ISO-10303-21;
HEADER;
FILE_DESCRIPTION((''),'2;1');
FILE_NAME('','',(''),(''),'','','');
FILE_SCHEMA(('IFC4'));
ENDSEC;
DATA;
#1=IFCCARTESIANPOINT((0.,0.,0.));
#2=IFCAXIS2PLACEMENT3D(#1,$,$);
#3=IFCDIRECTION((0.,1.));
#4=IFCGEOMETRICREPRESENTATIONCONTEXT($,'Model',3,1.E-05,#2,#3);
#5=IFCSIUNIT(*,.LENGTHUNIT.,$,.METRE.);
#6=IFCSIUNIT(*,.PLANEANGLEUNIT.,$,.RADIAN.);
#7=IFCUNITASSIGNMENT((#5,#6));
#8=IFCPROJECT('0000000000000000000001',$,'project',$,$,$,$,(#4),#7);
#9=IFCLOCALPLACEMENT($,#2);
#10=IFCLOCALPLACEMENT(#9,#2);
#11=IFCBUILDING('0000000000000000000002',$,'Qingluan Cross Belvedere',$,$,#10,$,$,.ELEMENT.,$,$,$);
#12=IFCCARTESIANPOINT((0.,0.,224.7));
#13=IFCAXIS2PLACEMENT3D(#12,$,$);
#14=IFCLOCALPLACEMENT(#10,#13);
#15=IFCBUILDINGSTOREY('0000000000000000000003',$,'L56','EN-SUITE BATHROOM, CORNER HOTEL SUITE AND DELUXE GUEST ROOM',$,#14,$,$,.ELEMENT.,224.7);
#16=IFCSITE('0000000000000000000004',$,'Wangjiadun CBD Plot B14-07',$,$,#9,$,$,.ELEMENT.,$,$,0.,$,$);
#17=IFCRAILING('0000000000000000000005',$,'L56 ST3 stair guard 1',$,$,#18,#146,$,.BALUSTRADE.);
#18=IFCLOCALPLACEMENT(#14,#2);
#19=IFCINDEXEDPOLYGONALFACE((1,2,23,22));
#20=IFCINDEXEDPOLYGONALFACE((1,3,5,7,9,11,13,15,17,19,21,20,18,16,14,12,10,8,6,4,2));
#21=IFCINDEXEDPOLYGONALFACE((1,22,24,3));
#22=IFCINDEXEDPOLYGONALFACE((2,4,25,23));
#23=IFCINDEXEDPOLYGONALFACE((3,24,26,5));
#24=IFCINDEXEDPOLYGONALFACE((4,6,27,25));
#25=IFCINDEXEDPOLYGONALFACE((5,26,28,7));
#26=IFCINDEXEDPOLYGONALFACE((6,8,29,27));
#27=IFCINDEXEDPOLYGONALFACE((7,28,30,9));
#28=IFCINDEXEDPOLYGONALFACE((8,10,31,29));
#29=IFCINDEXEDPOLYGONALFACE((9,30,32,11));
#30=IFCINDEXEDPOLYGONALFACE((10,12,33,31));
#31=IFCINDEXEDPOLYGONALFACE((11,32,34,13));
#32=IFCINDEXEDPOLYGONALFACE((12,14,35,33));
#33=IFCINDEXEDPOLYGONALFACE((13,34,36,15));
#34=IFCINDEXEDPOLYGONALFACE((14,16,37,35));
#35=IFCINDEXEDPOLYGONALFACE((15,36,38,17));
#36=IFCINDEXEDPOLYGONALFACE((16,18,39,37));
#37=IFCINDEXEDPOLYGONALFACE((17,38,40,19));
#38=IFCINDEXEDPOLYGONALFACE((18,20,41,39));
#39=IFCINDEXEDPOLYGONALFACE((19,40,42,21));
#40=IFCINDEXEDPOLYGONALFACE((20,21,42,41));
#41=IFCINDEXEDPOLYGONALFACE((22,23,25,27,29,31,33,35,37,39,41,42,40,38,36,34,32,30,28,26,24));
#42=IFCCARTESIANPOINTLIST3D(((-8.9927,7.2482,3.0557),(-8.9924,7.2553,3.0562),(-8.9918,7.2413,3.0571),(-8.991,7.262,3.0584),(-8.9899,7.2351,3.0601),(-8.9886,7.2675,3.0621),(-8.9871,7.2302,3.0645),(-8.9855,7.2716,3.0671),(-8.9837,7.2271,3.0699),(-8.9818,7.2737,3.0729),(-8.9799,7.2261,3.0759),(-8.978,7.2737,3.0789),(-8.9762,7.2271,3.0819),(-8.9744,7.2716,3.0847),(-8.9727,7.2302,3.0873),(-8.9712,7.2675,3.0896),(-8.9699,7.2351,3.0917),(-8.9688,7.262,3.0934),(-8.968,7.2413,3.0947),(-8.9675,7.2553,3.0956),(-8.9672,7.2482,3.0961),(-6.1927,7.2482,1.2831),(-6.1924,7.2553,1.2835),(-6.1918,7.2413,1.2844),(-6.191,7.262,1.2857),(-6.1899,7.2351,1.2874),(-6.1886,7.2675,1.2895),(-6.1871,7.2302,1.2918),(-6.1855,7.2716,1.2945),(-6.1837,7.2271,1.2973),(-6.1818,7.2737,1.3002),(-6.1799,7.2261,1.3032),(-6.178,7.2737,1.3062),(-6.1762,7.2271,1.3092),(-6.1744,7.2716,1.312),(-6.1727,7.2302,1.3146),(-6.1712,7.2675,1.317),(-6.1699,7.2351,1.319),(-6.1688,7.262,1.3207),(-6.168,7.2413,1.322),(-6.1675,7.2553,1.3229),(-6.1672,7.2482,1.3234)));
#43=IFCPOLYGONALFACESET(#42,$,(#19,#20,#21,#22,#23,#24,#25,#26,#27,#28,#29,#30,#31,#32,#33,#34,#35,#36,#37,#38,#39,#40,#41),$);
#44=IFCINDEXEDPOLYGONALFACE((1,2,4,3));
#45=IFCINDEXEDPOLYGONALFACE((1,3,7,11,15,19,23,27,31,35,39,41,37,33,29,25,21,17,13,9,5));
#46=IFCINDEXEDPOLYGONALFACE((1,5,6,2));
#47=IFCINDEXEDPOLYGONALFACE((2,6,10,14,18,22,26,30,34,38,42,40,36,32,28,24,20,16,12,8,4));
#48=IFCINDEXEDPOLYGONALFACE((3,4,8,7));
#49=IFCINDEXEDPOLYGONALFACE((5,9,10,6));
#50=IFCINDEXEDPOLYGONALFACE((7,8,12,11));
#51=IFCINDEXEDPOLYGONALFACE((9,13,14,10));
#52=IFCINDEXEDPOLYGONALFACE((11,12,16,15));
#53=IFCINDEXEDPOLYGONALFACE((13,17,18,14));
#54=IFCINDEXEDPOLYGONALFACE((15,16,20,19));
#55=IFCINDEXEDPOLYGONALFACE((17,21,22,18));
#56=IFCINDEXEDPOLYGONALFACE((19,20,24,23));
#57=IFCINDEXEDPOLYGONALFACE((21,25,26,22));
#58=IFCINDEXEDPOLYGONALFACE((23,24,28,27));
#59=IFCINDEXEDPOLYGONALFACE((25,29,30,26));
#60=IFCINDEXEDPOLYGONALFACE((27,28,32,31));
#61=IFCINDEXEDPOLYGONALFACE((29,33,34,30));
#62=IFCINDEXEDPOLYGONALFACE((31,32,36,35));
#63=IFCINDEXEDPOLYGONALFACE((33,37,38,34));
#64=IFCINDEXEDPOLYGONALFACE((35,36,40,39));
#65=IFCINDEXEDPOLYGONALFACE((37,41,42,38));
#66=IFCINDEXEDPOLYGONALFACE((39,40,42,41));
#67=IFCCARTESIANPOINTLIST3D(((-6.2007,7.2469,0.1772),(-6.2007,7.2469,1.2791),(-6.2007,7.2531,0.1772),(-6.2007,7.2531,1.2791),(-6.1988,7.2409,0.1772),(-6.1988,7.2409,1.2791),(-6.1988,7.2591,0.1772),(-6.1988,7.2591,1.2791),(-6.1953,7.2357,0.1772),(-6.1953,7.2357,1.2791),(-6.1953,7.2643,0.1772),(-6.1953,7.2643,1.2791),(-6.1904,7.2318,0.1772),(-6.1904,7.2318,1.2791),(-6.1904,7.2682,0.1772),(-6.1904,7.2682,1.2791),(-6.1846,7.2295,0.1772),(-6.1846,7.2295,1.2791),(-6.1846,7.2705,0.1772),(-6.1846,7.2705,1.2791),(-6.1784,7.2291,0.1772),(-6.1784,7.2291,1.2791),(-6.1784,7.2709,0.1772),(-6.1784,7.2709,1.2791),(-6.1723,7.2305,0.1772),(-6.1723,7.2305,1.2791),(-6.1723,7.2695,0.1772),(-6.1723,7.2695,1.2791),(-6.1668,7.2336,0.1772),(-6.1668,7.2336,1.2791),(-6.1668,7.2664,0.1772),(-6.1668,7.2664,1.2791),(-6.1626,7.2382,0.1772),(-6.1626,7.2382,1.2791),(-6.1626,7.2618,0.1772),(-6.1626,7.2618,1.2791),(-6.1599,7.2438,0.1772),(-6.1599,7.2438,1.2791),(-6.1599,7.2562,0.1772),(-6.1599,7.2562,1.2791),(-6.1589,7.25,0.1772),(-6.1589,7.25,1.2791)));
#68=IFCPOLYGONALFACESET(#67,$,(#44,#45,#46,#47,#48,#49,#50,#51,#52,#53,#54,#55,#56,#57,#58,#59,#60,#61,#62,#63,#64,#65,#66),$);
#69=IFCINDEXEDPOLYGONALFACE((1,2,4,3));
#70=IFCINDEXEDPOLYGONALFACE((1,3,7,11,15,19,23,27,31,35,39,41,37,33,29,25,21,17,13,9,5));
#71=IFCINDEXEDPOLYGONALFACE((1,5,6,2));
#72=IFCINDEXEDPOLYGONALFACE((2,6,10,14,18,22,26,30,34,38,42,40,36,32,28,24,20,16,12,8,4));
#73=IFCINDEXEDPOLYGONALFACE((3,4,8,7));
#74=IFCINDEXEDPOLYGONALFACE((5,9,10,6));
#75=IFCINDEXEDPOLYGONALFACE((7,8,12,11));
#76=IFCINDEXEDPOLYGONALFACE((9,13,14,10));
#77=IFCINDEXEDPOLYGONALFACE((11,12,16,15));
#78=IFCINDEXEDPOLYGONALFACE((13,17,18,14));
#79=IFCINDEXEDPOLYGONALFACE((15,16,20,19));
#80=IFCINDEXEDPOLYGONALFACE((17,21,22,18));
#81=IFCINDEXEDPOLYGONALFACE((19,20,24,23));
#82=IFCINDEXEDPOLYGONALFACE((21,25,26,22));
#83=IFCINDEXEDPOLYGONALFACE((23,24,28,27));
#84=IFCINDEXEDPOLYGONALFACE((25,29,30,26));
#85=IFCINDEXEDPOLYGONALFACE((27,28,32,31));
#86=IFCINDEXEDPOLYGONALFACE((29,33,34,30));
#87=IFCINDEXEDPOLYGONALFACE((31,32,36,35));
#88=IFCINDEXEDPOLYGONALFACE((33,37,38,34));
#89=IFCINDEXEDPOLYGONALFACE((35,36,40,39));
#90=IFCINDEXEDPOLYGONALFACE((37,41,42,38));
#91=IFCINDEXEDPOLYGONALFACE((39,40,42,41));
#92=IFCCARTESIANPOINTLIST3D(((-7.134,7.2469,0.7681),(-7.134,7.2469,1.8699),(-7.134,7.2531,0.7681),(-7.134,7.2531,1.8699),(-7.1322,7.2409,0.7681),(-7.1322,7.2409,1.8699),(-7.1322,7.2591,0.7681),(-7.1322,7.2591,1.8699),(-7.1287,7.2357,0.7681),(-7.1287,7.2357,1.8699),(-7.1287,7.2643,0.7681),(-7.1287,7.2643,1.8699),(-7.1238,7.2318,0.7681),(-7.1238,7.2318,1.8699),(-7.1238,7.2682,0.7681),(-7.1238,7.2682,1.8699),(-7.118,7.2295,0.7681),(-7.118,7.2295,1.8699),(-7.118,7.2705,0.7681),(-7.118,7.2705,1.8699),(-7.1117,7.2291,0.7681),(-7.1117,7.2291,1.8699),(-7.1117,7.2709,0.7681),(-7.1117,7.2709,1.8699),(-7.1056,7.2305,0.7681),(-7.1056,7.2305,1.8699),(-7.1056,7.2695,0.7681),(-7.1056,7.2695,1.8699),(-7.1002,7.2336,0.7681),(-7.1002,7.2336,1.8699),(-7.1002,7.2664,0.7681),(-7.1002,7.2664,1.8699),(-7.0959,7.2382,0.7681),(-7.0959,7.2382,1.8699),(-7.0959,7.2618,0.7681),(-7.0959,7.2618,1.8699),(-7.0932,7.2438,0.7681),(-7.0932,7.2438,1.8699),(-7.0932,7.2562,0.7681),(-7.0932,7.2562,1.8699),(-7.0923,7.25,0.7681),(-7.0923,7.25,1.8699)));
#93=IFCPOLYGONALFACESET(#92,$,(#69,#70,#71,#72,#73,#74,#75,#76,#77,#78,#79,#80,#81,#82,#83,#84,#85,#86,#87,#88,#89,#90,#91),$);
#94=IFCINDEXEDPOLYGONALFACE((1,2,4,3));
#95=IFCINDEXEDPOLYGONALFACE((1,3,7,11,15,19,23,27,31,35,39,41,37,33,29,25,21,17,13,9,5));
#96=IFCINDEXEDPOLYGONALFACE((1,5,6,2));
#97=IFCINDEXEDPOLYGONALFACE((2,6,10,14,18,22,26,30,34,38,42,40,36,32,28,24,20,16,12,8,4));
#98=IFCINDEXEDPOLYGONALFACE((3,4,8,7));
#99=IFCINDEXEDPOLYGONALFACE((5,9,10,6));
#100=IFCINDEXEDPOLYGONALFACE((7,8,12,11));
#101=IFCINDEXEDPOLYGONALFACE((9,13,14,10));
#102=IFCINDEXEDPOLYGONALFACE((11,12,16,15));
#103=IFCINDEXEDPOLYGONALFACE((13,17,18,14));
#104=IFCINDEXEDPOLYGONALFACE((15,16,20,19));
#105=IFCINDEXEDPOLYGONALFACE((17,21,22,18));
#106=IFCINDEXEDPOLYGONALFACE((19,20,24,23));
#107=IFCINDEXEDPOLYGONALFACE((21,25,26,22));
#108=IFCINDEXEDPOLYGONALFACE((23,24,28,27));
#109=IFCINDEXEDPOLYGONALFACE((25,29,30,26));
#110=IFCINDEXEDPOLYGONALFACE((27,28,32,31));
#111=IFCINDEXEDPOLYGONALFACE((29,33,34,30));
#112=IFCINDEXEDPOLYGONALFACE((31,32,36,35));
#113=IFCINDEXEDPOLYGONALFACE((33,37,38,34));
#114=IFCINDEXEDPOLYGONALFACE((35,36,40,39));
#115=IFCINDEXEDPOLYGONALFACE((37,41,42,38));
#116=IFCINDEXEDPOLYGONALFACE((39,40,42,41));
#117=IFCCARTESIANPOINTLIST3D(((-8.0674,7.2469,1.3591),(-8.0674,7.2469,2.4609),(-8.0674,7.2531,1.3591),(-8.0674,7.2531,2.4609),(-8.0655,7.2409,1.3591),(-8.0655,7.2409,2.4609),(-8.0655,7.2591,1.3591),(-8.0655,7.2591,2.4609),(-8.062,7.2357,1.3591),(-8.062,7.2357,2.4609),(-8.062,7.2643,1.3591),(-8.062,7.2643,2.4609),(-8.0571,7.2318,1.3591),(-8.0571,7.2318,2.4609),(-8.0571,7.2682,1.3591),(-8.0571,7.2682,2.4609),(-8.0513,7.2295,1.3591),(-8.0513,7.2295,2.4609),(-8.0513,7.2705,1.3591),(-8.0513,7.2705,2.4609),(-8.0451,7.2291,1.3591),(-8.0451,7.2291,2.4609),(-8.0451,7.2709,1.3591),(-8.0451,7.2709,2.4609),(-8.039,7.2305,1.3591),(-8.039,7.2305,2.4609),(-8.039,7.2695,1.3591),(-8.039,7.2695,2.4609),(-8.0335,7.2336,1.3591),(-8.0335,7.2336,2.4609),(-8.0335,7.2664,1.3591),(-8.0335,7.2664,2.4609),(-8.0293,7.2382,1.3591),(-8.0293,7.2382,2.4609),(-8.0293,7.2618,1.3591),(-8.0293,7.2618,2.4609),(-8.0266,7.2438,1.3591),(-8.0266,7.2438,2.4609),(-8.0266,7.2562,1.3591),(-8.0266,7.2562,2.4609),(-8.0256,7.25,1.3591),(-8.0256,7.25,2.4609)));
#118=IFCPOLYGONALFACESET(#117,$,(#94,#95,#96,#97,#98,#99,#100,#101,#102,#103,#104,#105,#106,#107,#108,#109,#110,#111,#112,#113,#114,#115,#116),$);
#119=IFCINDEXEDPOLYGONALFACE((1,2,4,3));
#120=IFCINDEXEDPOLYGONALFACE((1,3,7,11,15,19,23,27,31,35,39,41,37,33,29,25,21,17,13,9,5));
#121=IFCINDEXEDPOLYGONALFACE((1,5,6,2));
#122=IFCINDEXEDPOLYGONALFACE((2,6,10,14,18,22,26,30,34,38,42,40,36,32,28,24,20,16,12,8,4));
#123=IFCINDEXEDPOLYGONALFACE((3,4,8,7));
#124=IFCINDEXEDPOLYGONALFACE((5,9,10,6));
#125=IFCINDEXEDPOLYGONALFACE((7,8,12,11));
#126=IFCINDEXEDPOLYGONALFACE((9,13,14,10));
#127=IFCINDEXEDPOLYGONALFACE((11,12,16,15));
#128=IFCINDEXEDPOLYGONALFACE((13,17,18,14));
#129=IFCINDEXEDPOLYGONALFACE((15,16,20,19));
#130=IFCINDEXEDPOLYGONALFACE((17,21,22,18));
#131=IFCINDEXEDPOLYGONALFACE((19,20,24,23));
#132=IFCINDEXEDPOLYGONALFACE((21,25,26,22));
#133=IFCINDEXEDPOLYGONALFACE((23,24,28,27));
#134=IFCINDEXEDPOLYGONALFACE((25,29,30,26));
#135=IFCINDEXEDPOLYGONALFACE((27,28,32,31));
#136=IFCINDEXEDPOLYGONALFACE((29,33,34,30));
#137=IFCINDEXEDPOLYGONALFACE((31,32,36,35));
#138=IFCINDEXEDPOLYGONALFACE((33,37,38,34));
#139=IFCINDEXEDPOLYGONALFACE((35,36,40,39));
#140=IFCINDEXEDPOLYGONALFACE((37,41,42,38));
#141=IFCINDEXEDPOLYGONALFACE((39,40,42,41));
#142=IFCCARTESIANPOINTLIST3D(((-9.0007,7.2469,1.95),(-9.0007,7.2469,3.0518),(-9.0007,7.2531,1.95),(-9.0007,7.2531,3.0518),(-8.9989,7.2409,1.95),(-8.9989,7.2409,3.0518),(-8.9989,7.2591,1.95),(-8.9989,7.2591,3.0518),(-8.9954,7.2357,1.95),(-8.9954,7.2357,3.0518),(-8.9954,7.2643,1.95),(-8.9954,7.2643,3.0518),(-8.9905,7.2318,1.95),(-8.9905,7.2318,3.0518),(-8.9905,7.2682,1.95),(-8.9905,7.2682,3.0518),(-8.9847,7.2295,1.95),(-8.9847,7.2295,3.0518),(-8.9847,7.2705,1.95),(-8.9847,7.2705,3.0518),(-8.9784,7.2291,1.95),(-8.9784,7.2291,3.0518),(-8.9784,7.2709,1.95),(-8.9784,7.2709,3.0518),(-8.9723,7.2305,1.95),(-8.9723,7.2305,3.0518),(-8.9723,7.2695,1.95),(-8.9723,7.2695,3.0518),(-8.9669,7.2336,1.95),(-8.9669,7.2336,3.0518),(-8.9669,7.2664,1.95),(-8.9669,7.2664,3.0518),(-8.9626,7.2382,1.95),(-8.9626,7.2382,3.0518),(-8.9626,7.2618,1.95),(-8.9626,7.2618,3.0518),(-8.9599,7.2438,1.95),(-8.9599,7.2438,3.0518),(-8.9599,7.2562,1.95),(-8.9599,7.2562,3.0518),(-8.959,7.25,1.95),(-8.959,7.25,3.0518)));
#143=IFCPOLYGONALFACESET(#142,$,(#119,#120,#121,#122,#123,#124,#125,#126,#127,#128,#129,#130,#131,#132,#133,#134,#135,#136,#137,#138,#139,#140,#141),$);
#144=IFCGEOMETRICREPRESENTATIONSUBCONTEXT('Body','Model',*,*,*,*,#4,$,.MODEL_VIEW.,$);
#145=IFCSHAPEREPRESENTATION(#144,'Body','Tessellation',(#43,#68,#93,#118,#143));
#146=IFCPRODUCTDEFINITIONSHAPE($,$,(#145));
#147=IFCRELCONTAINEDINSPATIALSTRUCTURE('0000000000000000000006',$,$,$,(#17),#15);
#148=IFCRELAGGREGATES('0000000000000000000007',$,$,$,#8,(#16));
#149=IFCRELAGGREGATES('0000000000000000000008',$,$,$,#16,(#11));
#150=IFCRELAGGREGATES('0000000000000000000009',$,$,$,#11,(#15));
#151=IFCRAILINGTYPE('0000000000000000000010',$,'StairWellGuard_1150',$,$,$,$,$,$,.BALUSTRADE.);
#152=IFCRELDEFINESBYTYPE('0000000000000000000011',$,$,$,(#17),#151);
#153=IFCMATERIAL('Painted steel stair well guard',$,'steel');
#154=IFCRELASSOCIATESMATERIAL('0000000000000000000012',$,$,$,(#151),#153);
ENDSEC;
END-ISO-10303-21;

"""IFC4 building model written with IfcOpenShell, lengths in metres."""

from ifc_helpers import new_model, si_unit, direction, frame, origin, origin_2d, place, context, subcontext, project, spatial, circle, extrude, material, type_object, element, save


model = new_model("IFC4")

# Units and contexts
model_context = context("Model", 3, precision=1e-05, world=origin(), true_north=direction((0.0, 1.0)))
body_context = subcontext(model_context, "Body", "Model", "MODEL_VIEW")
ifc_project = project(units=[si_unit("LENGTHUNIT", "METRE"), si_unit("PLANEANGLEUNIT", "RADIAN")], contexts=[model_context])

# Site, building, storey
site_placement = place(None, origin())
site = spatial("IfcSite", under=ifc_project, at=site_placement, Name="Wangjiadun CBD Plot B14-07", CompositionType="ELEMENT", RefElevation=0.0)
building_placement = place(site_placement, origin())
building = spatial("IfcBuilding", under=site, at=building_placement, Name="Qingluan Cross Belvedere", CompositionType="ELEMENT")
storey_placement = place(building_placement, frame((0.0, 0.0, 224.7)))
storey = spatial("IfcBuildingStorey", under=building, at=storey_placement, Name="L56", Description="EN-SUITE BATHROOM, CORNER HOTEL SUITE AND DELUXE GUEST ROOM", CompositionType="ELEMENT", Elevation=224.7)

# Railing
ifc_material_1 = material(Name="Painted steel stair well guard", Category="steel")
railing_type_1 = type_object("IfcRailingType", Name="StairWellGuard_1150", PredefinedType="BALUSTRADE", material=ifc_material_1)
railing_1_placement = place(storey_placement, frame((-6.1799, 7.25, 0.1772)))
element("IfcRailing", 1, at=railing_1_placement, inside=storey, type_object=railing_type_1, Name="L56 ST3 stair guard 1", PredefinedType="BALUSTRADE", context=body_context, shape_type="SweptSolid", body=[
    extrude(circle(Radius=0.0239, at=origin_2d()), frame((0.0, 0.0, 1.126), z_axis=(-0.844909, 0.0, 0.53491), x_axis=(0.0, -1.0, 0.0)), (0.0, 0.0, 1.0), 3.314),
    extrude(circle(Radius=0.021, at=origin_2d()), origin(), (0.0, 0.0, 1.0), 1.1018),
    extrude(circle(Radius=0.021, at=origin_2d()), frame((-0.9333, 0.0, 0.5908)), (0.0, 0.0, 1.0), 1.1018),
    extrude(circle(Radius=0.021, at=origin_2d()), frame((-1.8667, 0.0, 1.1819)), (0.0, 0.0, 1.0), 1.1018),
    extrude(circle(Radius=0.021, at=origin_2d()), frame((-2.8, 0.0, 1.7727)), (0.0, 0.0, 1.0), 1.1018),
])

save(model, "model.ifc")
